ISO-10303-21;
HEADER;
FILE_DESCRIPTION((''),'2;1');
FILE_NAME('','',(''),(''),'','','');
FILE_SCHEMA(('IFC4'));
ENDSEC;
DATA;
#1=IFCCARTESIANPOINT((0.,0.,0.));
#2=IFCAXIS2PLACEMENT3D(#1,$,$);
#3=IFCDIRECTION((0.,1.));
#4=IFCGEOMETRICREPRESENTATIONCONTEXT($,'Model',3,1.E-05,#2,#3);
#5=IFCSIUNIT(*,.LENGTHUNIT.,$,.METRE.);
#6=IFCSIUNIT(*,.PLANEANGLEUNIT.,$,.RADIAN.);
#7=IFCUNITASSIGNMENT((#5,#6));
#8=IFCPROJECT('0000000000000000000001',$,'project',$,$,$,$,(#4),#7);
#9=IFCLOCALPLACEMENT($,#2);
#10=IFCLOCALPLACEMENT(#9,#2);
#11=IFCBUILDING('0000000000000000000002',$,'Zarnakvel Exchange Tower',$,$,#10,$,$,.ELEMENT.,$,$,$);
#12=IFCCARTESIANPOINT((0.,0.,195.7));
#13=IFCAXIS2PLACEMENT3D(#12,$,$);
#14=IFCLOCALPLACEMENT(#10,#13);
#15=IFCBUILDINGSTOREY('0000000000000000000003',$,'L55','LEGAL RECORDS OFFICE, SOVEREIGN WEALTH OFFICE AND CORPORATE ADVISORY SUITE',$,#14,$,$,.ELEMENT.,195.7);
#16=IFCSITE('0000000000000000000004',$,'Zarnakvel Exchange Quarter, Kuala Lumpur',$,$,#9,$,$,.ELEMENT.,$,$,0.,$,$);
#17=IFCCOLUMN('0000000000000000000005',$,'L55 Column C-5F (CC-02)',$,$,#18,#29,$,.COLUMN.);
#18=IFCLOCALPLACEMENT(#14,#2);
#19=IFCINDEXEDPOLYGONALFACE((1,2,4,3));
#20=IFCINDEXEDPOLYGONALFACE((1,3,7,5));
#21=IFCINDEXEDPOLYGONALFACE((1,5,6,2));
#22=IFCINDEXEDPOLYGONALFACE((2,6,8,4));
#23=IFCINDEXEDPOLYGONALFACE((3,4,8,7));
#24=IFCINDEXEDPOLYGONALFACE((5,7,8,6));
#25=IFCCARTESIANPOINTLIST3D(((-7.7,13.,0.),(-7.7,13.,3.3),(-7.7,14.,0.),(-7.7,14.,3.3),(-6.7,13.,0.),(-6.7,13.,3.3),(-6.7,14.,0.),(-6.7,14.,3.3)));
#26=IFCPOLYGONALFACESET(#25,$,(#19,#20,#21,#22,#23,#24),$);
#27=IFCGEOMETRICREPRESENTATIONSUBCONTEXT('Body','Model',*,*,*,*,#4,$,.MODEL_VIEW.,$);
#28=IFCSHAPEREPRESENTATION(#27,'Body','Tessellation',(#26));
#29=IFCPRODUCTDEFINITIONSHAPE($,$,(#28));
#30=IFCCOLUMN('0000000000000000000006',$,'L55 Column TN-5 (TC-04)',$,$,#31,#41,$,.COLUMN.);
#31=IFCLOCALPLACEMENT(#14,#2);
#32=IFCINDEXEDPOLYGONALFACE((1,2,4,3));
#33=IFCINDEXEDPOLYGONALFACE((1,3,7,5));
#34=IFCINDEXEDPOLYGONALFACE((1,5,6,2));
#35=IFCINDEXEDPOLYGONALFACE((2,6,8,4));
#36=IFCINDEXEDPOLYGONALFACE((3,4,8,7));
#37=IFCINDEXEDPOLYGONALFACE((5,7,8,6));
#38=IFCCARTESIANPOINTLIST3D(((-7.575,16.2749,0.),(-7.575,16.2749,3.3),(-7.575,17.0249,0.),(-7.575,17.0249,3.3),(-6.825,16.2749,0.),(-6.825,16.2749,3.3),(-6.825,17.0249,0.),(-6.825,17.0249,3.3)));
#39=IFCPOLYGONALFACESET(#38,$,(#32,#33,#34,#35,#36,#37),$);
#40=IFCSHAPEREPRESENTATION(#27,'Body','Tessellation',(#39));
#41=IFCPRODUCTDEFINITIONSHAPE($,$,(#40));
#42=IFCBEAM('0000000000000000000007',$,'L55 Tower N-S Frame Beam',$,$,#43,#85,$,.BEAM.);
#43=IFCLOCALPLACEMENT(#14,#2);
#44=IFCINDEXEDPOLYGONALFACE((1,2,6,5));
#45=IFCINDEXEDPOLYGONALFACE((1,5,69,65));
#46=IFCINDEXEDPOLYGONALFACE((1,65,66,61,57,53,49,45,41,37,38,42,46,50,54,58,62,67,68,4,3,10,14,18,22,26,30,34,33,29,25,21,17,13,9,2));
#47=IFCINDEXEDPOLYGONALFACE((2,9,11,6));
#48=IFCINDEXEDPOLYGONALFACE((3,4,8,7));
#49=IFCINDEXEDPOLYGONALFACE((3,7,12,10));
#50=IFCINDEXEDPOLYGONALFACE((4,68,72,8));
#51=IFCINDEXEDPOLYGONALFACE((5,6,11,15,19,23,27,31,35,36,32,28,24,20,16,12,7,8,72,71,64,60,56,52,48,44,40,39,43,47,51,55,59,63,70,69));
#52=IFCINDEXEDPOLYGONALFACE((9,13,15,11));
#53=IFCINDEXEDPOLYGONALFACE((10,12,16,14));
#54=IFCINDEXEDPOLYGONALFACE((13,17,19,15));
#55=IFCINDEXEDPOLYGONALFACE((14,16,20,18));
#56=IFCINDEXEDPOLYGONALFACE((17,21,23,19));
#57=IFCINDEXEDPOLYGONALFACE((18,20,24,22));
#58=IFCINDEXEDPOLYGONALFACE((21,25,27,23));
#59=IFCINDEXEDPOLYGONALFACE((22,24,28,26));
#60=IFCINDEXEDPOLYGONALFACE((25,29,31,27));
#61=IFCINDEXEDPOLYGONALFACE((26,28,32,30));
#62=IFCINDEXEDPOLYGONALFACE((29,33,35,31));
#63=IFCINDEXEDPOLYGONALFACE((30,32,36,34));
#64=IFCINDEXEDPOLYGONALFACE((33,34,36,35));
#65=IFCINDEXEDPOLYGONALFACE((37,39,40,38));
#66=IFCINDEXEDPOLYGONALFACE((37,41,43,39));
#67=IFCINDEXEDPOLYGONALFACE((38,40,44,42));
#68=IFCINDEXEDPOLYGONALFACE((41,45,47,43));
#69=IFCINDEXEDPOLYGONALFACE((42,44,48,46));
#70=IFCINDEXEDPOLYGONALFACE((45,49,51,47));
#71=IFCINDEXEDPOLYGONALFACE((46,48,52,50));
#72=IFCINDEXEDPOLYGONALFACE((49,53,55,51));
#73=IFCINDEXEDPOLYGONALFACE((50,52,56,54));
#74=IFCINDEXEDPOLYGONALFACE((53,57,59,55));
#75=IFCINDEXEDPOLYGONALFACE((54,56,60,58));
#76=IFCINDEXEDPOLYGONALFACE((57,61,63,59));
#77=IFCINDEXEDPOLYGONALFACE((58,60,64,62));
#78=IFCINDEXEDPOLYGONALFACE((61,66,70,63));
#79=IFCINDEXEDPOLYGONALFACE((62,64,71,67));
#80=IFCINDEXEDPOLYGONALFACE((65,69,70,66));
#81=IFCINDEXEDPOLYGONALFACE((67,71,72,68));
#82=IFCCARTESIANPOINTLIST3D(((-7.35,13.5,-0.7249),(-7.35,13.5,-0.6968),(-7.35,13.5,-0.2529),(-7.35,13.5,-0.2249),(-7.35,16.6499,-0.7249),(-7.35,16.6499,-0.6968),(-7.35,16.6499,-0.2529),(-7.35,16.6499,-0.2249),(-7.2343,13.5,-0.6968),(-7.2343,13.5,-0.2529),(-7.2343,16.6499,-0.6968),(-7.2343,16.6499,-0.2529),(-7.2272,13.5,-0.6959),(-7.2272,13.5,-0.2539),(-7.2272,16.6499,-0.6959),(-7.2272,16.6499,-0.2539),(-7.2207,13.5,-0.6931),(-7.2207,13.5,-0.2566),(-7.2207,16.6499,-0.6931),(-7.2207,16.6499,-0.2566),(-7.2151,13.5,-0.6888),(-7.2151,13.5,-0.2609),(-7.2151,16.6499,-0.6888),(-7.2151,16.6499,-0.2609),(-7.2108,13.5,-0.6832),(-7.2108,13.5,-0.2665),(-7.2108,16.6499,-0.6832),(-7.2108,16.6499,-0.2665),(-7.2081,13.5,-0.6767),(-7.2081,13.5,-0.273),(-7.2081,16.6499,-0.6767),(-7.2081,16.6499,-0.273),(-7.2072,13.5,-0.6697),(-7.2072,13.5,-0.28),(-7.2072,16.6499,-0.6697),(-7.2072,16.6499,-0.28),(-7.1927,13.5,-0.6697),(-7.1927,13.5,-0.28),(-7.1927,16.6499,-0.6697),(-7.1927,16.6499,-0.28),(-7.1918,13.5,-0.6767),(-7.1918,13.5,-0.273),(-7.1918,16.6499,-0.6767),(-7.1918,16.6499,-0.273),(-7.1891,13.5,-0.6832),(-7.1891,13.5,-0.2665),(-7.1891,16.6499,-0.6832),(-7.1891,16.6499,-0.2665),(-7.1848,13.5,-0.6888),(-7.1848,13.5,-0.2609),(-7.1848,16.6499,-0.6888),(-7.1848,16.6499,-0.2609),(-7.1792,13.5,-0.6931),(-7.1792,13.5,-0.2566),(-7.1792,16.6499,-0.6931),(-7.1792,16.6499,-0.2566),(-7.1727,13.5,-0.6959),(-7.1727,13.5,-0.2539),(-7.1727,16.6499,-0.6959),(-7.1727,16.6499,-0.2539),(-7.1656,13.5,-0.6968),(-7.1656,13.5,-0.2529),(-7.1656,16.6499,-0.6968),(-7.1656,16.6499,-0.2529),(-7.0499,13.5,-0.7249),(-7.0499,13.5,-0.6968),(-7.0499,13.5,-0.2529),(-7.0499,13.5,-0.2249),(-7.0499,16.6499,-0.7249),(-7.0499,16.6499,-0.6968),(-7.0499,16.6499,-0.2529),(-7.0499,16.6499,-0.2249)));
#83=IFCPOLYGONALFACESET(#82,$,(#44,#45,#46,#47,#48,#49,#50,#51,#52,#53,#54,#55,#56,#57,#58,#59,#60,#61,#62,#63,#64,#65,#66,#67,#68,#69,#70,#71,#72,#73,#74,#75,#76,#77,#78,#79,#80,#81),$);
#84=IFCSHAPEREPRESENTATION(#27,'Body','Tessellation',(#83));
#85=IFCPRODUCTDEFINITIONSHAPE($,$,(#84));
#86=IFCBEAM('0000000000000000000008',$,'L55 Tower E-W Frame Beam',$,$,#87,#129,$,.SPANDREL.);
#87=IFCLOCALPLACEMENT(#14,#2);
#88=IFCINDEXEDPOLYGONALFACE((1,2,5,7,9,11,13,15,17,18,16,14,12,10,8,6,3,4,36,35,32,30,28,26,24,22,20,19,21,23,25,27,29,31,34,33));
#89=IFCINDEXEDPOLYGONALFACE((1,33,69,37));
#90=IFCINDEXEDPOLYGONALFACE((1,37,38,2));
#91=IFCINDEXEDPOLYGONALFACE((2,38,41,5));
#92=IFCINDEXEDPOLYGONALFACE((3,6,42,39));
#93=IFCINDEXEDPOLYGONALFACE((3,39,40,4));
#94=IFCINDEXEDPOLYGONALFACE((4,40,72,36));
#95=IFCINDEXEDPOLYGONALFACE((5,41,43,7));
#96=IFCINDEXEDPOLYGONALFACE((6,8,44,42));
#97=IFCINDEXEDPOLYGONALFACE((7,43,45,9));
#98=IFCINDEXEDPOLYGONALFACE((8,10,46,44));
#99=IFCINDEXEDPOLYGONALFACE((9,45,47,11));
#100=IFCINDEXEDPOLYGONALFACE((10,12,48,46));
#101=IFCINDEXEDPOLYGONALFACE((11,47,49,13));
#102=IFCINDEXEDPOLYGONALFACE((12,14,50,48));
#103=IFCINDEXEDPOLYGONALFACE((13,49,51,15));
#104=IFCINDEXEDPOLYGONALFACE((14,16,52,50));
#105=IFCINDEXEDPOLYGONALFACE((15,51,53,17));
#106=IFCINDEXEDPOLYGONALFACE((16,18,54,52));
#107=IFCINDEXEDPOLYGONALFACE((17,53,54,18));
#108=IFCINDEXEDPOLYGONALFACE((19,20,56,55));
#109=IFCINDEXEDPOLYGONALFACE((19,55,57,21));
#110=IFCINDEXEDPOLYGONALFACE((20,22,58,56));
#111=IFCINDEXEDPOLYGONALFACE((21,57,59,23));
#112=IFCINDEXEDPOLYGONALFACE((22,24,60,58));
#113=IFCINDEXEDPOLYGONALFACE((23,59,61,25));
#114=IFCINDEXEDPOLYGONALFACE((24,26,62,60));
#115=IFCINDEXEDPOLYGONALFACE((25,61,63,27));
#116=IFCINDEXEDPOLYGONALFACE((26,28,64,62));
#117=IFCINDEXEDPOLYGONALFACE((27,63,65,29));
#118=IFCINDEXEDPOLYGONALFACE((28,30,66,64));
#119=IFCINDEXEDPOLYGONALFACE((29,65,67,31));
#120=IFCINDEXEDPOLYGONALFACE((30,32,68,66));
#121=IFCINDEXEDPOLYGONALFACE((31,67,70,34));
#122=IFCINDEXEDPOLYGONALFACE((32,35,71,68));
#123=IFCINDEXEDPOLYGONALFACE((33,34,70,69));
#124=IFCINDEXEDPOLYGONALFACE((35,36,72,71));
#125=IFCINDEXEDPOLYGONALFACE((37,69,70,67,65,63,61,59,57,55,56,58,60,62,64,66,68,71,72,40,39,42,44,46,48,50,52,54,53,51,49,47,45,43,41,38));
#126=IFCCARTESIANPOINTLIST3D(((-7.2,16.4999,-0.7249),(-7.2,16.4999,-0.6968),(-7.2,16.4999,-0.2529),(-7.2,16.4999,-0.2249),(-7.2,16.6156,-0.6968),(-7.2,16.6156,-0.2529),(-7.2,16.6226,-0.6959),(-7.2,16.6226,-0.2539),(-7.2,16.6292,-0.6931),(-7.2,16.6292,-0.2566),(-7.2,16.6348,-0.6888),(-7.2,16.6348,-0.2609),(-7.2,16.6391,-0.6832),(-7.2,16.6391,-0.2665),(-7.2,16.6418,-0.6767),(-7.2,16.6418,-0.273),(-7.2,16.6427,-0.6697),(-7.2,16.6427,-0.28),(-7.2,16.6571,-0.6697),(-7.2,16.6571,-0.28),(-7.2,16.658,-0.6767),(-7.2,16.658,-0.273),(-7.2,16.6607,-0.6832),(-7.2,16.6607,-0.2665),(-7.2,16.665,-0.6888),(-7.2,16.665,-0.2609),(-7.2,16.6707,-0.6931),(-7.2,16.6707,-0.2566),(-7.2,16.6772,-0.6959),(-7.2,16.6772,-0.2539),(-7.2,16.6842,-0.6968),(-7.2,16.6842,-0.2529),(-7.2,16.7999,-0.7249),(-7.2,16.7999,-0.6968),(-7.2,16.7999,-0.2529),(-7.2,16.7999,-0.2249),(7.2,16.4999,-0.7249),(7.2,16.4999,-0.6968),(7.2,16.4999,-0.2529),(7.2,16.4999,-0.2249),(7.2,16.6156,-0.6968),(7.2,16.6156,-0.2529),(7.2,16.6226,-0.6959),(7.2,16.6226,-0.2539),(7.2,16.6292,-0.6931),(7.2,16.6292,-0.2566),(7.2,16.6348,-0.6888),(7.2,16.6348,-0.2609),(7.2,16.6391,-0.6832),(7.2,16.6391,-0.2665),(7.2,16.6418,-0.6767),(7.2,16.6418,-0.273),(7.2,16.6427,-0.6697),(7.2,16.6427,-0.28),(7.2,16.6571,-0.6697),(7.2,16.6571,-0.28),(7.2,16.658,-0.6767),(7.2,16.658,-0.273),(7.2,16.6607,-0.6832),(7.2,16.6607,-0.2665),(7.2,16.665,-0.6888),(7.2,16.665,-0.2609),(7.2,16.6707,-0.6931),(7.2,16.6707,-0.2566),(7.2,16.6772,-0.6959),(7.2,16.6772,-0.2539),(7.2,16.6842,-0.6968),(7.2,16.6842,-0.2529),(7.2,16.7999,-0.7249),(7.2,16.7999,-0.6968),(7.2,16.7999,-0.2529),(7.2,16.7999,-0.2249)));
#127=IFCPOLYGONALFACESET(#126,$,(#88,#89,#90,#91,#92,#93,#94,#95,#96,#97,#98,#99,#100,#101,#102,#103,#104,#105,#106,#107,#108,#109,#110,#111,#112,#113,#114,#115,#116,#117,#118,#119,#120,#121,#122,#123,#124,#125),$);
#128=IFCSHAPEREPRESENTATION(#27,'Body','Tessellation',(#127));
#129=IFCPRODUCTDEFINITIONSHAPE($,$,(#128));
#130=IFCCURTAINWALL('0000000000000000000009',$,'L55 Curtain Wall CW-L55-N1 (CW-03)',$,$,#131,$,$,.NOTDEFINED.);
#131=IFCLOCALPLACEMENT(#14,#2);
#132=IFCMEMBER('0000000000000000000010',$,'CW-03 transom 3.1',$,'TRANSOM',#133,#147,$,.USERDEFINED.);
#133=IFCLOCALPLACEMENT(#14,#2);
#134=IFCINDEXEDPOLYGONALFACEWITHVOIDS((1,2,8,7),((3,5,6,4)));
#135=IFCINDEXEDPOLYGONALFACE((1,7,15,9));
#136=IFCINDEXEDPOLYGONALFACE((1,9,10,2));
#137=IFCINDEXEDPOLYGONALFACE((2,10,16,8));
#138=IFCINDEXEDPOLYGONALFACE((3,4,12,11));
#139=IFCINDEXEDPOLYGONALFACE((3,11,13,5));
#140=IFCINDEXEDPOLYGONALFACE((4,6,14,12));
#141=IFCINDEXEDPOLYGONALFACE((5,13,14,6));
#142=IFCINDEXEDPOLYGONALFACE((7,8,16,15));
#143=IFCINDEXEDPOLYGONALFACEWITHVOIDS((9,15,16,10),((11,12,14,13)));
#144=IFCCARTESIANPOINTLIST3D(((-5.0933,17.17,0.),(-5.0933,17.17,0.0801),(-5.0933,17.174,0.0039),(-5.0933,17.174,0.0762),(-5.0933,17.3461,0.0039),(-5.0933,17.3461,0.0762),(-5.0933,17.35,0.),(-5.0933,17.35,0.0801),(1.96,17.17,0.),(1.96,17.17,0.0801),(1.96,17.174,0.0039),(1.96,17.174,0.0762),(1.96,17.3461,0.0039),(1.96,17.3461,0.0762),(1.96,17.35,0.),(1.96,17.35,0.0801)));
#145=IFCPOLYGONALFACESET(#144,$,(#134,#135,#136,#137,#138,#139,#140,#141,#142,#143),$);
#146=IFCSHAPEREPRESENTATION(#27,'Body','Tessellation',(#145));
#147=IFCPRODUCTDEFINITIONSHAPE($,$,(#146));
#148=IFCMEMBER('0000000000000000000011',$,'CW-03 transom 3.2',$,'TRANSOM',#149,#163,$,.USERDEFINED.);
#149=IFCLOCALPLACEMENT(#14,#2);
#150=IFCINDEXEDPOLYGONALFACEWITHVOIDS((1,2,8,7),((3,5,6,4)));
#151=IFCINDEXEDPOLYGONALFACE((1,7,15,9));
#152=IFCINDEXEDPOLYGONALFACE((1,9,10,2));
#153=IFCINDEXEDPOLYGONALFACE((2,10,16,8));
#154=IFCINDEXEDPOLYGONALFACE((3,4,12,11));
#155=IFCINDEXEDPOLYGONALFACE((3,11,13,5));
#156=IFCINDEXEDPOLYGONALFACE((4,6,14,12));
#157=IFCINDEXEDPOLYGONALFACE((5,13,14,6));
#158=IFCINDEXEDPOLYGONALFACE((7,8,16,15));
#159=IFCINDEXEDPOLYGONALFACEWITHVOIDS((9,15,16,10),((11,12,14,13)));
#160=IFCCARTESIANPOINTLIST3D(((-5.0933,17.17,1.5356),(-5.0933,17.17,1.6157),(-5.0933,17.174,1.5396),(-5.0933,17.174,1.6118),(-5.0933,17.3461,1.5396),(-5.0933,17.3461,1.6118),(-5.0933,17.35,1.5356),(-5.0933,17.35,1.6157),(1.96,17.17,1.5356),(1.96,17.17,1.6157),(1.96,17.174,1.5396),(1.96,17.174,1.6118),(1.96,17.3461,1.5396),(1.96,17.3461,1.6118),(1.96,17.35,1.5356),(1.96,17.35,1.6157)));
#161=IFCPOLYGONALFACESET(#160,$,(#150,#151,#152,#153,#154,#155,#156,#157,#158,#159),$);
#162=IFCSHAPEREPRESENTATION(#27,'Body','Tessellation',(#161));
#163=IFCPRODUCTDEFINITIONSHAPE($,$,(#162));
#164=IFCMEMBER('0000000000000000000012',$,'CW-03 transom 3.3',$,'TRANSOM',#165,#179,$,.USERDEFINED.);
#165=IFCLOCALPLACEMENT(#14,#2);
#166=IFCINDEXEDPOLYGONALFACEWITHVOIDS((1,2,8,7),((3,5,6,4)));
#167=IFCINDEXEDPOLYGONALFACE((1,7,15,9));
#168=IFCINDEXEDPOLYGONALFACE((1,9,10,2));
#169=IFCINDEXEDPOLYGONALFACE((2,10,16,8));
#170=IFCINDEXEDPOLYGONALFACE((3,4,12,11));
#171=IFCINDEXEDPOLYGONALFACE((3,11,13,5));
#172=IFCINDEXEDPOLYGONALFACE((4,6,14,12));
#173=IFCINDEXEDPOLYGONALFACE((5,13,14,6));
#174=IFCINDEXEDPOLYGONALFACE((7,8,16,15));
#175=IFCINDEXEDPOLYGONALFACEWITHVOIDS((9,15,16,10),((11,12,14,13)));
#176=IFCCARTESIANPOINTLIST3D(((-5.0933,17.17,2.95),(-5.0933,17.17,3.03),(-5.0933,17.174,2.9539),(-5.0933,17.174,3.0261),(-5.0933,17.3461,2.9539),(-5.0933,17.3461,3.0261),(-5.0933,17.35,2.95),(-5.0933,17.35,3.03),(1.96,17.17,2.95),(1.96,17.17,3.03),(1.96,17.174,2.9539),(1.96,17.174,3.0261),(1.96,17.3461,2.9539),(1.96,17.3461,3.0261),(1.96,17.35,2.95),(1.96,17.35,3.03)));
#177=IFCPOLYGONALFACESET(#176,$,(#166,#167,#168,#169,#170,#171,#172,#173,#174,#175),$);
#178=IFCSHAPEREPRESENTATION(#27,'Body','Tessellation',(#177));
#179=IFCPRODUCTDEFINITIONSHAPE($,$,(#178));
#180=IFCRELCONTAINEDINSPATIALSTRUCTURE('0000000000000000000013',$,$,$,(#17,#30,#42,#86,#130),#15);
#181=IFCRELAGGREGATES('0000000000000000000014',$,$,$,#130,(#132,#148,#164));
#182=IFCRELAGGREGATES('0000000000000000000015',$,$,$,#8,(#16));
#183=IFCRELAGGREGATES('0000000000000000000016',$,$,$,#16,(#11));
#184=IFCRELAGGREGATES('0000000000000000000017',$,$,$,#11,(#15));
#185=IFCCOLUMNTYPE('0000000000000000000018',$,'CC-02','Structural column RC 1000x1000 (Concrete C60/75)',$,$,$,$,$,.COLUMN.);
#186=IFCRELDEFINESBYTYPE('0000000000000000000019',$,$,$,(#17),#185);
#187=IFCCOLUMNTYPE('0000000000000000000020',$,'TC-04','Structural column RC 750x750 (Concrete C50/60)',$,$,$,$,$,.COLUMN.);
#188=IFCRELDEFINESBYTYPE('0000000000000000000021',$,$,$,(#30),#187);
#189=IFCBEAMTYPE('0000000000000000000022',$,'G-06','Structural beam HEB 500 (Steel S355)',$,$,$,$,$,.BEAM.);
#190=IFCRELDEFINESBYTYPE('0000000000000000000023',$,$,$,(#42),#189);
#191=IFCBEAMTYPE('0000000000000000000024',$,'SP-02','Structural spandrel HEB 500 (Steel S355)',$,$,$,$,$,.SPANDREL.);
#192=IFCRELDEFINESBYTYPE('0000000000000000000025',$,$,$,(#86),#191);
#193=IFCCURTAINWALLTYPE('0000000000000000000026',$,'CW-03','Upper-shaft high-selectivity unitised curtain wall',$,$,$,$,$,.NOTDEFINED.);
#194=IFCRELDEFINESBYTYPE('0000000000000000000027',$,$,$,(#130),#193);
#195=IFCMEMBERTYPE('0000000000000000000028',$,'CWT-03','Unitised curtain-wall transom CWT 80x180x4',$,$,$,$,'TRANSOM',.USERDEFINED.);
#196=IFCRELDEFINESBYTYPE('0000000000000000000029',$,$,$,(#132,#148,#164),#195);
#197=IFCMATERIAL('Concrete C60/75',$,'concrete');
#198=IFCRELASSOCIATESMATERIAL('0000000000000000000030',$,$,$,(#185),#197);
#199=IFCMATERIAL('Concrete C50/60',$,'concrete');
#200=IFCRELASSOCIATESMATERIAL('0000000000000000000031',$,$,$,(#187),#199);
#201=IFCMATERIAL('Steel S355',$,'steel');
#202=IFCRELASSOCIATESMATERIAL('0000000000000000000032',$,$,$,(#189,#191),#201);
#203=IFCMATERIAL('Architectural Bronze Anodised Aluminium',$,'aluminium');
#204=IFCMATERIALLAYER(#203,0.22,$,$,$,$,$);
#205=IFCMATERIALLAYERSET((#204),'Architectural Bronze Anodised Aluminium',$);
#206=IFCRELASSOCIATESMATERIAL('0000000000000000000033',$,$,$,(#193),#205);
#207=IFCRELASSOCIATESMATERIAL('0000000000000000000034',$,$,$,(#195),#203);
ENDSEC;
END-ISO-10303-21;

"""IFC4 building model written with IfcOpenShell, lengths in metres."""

from ifc_helpers import new_model, si_unit, direction, frame, origin, origin_2d, place, context, subcontext, project, spatial, rectangle, hollow_rectangle, i_section, extrude, source, transform, mapped, material, layer, layer_set, material_profile, profile_set, type_object, element, aggregate, save


model = new_model("IFC4")

# Units and contexts
model_context = context("Model", 3, precision=1e-05, world=origin(), true_north=direction((0.0, 1.0)))
body_context = subcontext(model_context, "Body", "Model", "MODEL_VIEW")
ifc_project = project(units=[si_unit("LENGTHUNIT", "METRE"), si_unit("PLANEANGLEUNIT", "RADIAN")], contexts=[model_context])

# Site, building, storey
site_placement = place(None, origin())
site = spatial("IfcSite", under=ifc_project, at=site_placement, Name="Zarnakvel Exchange Quarter, Kuala Lumpur", CompositionType="ELEMENT", RefElevation=0.0)
building_placement = place(site_placement, origin())
building = spatial("IfcBuilding", under=site, at=building_placement, Name="Zarnakvel Exchange Tower", CompositionType="ELEMENT")
storey_placement = place(building_placement, frame((0.0, 0.0, 195.7)))
storey = spatial("IfcBuildingStorey", under=building, at=storey_placement, Name="L55", Description="LEGAL RECORDS OFFICE, SOVEREIGN WEALTH OFFICE AND CORPORATE ADVISORY SUITE", CompositionType="ELEMENT", Elevation=195.7)

# Columns
ifc_material_1 = material(Name="Concrete C60/75", Category="concrete")
ifc_material_profile_1 = material_profile(ifc_material_1, rectangle(XDim=1.0, YDim=1.0, at=origin_2d()))
ifc_profile_set_1 = profile_set([ifc_material_profile_1], Name="Concrete C60/75")
column_type_1 = type_object("IfcColumnType", Name="CC-02", Description="Structural column RC 1000x1000 (Concrete C60/75)", PredefinedType="COLUMN", material=ifc_profile_set_1)
column_1_placement = place(storey_placement, frame((-7.2, 13.5, 0.0), z_axis=(0.0, 0.0, 1.0), x_axis=(1.0, 0.0, 0.0)))
element("IfcColumn", 1, at=column_1_placement, inside=storey, type_object=column_type_1, Name="L55 Column C-5F (CC-02)", PredefinedType="COLUMN", context=body_context, shape_type="SweptSolid", body=[
    extrude(rectangle(XDim=1.0, YDim=1.0, at=origin_2d()), origin(), (0.0, 0.0, 1.0), 3.3),
])
ifc_material_2 = material(Name="Concrete C50/60", Category="concrete")
ifc_material_profile_2 = material_profile(ifc_material_2, rectangle(XDim=0.75, YDim=0.75, at=origin_2d()))
ifc_profile_set_2 = profile_set([ifc_material_profile_2], Name="Concrete C50/60")
column_type_2 = type_object("IfcColumnType", Name="TC-04", Description="Structural column RC 750x750 (Concrete C50/60)", PredefinedType="COLUMN", material=ifc_profile_set_2)
column_2_placement = place(storey_placement, frame((-7.2, 16.6499, 0.0), z_axis=(0.0, 0.0, 1.0), x_axis=(1.0, 0.0, 0.0)))
element("IfcColumn", 2, at=column_2_placement, inside=storey, type_object=column_type_2, Name="L55 Column TN-5 (TC-04)", PredefinedType="COLUMN", context=body_context, shape_type="SweptSolid", body=[
    extrude(rectangle(XDim=0.75, YDim=0.75, at=origin_2d()), origin(), (0.0, 0.0, 1.0), 3.3),
])

# Beams
ifc_material_3 = material(Name="Steel S355", Category="steel")
ifc_material_profile_3 = material_profile(ifc_material_3, i_section(OverallWidth=0.3, OverallDepth=0.5, WebThickness=0.0144, FlangeThickness=0.0281, FilletRadius=0.0271, at=origin_2d()))
ifc_profile_set_3 = profile_set([ifc_material_profile_3], Name="Steel S355")
beam_type_1 = type_object("IfcBeamType", Name="G-06", Description="Structural beam HEB 500 (Steel S355)", PredefinedType="BEAM", material=ifc_profile_set_3)
beam_1_placement = place(storey_placement, frame((-7.2, 13.5, -0.4749), z_axis=(0.0, 1.0, 0.0), x_axis=(-1.0, 0.0, 0.0)))
element("IfcBeam", 3, at=beam_1_placement, inside=storey, type_object=beam_type_1, Name="L55 Tower N-S Frame Beam", PredefinedType="BEAM", context=body_context, shape_type="SweptSolid", body=[
    extrude(i_section(OverallWidth=0.3, OverallDepth=0.5, WebThickness=0.0144, FlangeThickness=0.0281, FilletRadius=0.0271, at=origin_2d()), origin(), (0.0, 0.0, 1.0), 3.1499),
])
ifc_material_profile_4 = material_profile(ifc_material_3, i_section(OverallWidth=0.3, OverallDepth=0.5, WebThickness=0.0144, FlangeThickness=0.0281, FilletRadius=0.0271, at=origin_2d()))
ifc_profile_set_4 = profile_set([ifc_material_profile_4], Name="Steel S355")
beam_type_2 = type_object("IfcBeamType", Name="SP-02", Description="Structural spandrel HEB 500 (Steel S355)", PredefinedType="SPANDREL", material=ifc_profile_set_4)
beam_2_placement = place(storey_placement, frame((-7.2, 16.6499, -0.4749), z_axis=(1.0, 0.0, 0.0), x_axis=(0.0, 1.0, 0.0)))
element("IfcBeam", 4, at=beam_2_placement, inside=storey, type_object=beam_type_2, Name="L55 Tower E-W Frame Beam", PredefinedType="SPANDREL", context=body_context, shape_type="SweptSolid", body=[
    extrude(i_section(OverallWidth=0.3, OverallDepth=0.5, WebThickness=0.0144, FlangeThickness=0.0281, FilletRadius=0.0271, at=origin_2d()), origin(), (0.0, 0.0, 1.0), 14.3999),
])

# Curtain wall, members
ifc_material_4 = material(Name="Architectural Bronze Anodised Aluminium", Category="aluminium")
ifc_layer_1 = layer(ifc_material_4, 0.22)
ifc_layer_set_1 = layer_set([ifc_layer_1], Name="Architectural Bronze Anodised Aluminium")
curtain_wall_type = type_object("IfcCurtainWallType", Name="CW-03", Description="Upper-shaft high-selectivity unitised curtain wall", PredefinedType="NOTDEFINED", material=ifc_layer_set_1)
curtain_wall_placement = place(storey_placement, origin())
curtain_wall = element("IfcCurtainWall", 5, at=curtain_wall_placement, inside=storey, type_object=curtain_wall_type, Name="L55 Curtain Wall CW-L55-N1 (CW-03)", PredefinedType="NOTDEFINED")
ifc_material_profile_5 = material_profile(ifc_material_4, hollow_rectangle(XDim=0.1799, YDim=0.0801, WallThickness=0.0039, at=origin_2d()))
ifc_profile_set_5 = profile_set([ifc_material_profile_5], Name="Architectural Bronze Anodised Aluminium")
member_type_1 = type_object("IfcMemberType", Name="CWT-03", Description="Unitised curtain-wall transom CWT 80x180x4", ElementType="TRANSOM", PredefinedType="USERDEFINED", material=ifc_profile_set_5)
shared_shape_1 = source(origin(), body_context, "Body", "SweptSolid", [
    extrude(hollow_rectangle(XDim=0.1799, YDim=0.0801, WallThickness=0.0039, at=origin_2d()), origin(), (0.0, 0.0, 1.0), 7.0532),
])
member_1_placement = place(storey_placement, frame((-5.0933, 17.26, 0.04), z_axis=(1.0, 0.0, 0.0), x_axis=(0.0, 1.0, 0.0)))
member_1 = element("IfcMember", 6, at=member_1_placement, type_object=member_type_1, Name="CW-03 transom 3.1", ObjectType="TRANSOM", PredefinedType="USERDEFINED", context=body_context, shape_type="MappedRepresentation", body=[
    mapped(shared_shape_1, transform((0.0, 0.0, 0.0), x_axis=(1.0, 0.0, 0.0), y_axis=(0.0, 1.0, 0.0), z_axis=(0.0, 0.0, 1.0), scale=1.0)),
])
member_2_placement = place(storey_placement, frame((-5.0933, 17.26, 1.5757), z_axis=(1.0, 0.0, 0.0), x_axis=(0.0, 1.0, 0.0)))
member_2 = element("IfcMember", 7, at=member_2_placement, type_object=member_type_1, Name="CW-03 transom 3.2", ObjectType="TRANSOM", PredefinedType="USERDEFINED", context=body_context, shape_type="MappedRepresentation", body=[
    mapped(shared_shape_1, transform((0.0, 0.0, 0.0), x_axis=(1.0, 0.0, 0.0), y_axis=(0.0, 1.0, 0.0), z_axis=(0.0, 0.0, 1.0), scale=1.0)),
])
member_3_placement = place(storey_placement, frame((-5.0933, 17.26, 2.99), z_axis=(1.0, 0.0, 0.0), x_axis=(0.0, 1.0, 0.0)))
member_3 = element("IfcMember", 8, at=member_3_placement, type_object=member_type_1, Name="CW-03 transom 3.3", ObjectType="TRANSOM", PredefinedType="USERDEFINED", context=body_context, shape_type="MappedRepresentation", body=[
    mapped(shared_shape_1, transform((0.0, 0.0, 0.0), x_axis=(1.0, 0.0, 0.0), y_axis=(0.0, 1.0, 0.0), z_axis=(0.0, 0.0, 1.0), scale=1.0)),
])
aggregate(curtain_wall, [member_1, member_2, member_3])

save(model, "model.ifc")
